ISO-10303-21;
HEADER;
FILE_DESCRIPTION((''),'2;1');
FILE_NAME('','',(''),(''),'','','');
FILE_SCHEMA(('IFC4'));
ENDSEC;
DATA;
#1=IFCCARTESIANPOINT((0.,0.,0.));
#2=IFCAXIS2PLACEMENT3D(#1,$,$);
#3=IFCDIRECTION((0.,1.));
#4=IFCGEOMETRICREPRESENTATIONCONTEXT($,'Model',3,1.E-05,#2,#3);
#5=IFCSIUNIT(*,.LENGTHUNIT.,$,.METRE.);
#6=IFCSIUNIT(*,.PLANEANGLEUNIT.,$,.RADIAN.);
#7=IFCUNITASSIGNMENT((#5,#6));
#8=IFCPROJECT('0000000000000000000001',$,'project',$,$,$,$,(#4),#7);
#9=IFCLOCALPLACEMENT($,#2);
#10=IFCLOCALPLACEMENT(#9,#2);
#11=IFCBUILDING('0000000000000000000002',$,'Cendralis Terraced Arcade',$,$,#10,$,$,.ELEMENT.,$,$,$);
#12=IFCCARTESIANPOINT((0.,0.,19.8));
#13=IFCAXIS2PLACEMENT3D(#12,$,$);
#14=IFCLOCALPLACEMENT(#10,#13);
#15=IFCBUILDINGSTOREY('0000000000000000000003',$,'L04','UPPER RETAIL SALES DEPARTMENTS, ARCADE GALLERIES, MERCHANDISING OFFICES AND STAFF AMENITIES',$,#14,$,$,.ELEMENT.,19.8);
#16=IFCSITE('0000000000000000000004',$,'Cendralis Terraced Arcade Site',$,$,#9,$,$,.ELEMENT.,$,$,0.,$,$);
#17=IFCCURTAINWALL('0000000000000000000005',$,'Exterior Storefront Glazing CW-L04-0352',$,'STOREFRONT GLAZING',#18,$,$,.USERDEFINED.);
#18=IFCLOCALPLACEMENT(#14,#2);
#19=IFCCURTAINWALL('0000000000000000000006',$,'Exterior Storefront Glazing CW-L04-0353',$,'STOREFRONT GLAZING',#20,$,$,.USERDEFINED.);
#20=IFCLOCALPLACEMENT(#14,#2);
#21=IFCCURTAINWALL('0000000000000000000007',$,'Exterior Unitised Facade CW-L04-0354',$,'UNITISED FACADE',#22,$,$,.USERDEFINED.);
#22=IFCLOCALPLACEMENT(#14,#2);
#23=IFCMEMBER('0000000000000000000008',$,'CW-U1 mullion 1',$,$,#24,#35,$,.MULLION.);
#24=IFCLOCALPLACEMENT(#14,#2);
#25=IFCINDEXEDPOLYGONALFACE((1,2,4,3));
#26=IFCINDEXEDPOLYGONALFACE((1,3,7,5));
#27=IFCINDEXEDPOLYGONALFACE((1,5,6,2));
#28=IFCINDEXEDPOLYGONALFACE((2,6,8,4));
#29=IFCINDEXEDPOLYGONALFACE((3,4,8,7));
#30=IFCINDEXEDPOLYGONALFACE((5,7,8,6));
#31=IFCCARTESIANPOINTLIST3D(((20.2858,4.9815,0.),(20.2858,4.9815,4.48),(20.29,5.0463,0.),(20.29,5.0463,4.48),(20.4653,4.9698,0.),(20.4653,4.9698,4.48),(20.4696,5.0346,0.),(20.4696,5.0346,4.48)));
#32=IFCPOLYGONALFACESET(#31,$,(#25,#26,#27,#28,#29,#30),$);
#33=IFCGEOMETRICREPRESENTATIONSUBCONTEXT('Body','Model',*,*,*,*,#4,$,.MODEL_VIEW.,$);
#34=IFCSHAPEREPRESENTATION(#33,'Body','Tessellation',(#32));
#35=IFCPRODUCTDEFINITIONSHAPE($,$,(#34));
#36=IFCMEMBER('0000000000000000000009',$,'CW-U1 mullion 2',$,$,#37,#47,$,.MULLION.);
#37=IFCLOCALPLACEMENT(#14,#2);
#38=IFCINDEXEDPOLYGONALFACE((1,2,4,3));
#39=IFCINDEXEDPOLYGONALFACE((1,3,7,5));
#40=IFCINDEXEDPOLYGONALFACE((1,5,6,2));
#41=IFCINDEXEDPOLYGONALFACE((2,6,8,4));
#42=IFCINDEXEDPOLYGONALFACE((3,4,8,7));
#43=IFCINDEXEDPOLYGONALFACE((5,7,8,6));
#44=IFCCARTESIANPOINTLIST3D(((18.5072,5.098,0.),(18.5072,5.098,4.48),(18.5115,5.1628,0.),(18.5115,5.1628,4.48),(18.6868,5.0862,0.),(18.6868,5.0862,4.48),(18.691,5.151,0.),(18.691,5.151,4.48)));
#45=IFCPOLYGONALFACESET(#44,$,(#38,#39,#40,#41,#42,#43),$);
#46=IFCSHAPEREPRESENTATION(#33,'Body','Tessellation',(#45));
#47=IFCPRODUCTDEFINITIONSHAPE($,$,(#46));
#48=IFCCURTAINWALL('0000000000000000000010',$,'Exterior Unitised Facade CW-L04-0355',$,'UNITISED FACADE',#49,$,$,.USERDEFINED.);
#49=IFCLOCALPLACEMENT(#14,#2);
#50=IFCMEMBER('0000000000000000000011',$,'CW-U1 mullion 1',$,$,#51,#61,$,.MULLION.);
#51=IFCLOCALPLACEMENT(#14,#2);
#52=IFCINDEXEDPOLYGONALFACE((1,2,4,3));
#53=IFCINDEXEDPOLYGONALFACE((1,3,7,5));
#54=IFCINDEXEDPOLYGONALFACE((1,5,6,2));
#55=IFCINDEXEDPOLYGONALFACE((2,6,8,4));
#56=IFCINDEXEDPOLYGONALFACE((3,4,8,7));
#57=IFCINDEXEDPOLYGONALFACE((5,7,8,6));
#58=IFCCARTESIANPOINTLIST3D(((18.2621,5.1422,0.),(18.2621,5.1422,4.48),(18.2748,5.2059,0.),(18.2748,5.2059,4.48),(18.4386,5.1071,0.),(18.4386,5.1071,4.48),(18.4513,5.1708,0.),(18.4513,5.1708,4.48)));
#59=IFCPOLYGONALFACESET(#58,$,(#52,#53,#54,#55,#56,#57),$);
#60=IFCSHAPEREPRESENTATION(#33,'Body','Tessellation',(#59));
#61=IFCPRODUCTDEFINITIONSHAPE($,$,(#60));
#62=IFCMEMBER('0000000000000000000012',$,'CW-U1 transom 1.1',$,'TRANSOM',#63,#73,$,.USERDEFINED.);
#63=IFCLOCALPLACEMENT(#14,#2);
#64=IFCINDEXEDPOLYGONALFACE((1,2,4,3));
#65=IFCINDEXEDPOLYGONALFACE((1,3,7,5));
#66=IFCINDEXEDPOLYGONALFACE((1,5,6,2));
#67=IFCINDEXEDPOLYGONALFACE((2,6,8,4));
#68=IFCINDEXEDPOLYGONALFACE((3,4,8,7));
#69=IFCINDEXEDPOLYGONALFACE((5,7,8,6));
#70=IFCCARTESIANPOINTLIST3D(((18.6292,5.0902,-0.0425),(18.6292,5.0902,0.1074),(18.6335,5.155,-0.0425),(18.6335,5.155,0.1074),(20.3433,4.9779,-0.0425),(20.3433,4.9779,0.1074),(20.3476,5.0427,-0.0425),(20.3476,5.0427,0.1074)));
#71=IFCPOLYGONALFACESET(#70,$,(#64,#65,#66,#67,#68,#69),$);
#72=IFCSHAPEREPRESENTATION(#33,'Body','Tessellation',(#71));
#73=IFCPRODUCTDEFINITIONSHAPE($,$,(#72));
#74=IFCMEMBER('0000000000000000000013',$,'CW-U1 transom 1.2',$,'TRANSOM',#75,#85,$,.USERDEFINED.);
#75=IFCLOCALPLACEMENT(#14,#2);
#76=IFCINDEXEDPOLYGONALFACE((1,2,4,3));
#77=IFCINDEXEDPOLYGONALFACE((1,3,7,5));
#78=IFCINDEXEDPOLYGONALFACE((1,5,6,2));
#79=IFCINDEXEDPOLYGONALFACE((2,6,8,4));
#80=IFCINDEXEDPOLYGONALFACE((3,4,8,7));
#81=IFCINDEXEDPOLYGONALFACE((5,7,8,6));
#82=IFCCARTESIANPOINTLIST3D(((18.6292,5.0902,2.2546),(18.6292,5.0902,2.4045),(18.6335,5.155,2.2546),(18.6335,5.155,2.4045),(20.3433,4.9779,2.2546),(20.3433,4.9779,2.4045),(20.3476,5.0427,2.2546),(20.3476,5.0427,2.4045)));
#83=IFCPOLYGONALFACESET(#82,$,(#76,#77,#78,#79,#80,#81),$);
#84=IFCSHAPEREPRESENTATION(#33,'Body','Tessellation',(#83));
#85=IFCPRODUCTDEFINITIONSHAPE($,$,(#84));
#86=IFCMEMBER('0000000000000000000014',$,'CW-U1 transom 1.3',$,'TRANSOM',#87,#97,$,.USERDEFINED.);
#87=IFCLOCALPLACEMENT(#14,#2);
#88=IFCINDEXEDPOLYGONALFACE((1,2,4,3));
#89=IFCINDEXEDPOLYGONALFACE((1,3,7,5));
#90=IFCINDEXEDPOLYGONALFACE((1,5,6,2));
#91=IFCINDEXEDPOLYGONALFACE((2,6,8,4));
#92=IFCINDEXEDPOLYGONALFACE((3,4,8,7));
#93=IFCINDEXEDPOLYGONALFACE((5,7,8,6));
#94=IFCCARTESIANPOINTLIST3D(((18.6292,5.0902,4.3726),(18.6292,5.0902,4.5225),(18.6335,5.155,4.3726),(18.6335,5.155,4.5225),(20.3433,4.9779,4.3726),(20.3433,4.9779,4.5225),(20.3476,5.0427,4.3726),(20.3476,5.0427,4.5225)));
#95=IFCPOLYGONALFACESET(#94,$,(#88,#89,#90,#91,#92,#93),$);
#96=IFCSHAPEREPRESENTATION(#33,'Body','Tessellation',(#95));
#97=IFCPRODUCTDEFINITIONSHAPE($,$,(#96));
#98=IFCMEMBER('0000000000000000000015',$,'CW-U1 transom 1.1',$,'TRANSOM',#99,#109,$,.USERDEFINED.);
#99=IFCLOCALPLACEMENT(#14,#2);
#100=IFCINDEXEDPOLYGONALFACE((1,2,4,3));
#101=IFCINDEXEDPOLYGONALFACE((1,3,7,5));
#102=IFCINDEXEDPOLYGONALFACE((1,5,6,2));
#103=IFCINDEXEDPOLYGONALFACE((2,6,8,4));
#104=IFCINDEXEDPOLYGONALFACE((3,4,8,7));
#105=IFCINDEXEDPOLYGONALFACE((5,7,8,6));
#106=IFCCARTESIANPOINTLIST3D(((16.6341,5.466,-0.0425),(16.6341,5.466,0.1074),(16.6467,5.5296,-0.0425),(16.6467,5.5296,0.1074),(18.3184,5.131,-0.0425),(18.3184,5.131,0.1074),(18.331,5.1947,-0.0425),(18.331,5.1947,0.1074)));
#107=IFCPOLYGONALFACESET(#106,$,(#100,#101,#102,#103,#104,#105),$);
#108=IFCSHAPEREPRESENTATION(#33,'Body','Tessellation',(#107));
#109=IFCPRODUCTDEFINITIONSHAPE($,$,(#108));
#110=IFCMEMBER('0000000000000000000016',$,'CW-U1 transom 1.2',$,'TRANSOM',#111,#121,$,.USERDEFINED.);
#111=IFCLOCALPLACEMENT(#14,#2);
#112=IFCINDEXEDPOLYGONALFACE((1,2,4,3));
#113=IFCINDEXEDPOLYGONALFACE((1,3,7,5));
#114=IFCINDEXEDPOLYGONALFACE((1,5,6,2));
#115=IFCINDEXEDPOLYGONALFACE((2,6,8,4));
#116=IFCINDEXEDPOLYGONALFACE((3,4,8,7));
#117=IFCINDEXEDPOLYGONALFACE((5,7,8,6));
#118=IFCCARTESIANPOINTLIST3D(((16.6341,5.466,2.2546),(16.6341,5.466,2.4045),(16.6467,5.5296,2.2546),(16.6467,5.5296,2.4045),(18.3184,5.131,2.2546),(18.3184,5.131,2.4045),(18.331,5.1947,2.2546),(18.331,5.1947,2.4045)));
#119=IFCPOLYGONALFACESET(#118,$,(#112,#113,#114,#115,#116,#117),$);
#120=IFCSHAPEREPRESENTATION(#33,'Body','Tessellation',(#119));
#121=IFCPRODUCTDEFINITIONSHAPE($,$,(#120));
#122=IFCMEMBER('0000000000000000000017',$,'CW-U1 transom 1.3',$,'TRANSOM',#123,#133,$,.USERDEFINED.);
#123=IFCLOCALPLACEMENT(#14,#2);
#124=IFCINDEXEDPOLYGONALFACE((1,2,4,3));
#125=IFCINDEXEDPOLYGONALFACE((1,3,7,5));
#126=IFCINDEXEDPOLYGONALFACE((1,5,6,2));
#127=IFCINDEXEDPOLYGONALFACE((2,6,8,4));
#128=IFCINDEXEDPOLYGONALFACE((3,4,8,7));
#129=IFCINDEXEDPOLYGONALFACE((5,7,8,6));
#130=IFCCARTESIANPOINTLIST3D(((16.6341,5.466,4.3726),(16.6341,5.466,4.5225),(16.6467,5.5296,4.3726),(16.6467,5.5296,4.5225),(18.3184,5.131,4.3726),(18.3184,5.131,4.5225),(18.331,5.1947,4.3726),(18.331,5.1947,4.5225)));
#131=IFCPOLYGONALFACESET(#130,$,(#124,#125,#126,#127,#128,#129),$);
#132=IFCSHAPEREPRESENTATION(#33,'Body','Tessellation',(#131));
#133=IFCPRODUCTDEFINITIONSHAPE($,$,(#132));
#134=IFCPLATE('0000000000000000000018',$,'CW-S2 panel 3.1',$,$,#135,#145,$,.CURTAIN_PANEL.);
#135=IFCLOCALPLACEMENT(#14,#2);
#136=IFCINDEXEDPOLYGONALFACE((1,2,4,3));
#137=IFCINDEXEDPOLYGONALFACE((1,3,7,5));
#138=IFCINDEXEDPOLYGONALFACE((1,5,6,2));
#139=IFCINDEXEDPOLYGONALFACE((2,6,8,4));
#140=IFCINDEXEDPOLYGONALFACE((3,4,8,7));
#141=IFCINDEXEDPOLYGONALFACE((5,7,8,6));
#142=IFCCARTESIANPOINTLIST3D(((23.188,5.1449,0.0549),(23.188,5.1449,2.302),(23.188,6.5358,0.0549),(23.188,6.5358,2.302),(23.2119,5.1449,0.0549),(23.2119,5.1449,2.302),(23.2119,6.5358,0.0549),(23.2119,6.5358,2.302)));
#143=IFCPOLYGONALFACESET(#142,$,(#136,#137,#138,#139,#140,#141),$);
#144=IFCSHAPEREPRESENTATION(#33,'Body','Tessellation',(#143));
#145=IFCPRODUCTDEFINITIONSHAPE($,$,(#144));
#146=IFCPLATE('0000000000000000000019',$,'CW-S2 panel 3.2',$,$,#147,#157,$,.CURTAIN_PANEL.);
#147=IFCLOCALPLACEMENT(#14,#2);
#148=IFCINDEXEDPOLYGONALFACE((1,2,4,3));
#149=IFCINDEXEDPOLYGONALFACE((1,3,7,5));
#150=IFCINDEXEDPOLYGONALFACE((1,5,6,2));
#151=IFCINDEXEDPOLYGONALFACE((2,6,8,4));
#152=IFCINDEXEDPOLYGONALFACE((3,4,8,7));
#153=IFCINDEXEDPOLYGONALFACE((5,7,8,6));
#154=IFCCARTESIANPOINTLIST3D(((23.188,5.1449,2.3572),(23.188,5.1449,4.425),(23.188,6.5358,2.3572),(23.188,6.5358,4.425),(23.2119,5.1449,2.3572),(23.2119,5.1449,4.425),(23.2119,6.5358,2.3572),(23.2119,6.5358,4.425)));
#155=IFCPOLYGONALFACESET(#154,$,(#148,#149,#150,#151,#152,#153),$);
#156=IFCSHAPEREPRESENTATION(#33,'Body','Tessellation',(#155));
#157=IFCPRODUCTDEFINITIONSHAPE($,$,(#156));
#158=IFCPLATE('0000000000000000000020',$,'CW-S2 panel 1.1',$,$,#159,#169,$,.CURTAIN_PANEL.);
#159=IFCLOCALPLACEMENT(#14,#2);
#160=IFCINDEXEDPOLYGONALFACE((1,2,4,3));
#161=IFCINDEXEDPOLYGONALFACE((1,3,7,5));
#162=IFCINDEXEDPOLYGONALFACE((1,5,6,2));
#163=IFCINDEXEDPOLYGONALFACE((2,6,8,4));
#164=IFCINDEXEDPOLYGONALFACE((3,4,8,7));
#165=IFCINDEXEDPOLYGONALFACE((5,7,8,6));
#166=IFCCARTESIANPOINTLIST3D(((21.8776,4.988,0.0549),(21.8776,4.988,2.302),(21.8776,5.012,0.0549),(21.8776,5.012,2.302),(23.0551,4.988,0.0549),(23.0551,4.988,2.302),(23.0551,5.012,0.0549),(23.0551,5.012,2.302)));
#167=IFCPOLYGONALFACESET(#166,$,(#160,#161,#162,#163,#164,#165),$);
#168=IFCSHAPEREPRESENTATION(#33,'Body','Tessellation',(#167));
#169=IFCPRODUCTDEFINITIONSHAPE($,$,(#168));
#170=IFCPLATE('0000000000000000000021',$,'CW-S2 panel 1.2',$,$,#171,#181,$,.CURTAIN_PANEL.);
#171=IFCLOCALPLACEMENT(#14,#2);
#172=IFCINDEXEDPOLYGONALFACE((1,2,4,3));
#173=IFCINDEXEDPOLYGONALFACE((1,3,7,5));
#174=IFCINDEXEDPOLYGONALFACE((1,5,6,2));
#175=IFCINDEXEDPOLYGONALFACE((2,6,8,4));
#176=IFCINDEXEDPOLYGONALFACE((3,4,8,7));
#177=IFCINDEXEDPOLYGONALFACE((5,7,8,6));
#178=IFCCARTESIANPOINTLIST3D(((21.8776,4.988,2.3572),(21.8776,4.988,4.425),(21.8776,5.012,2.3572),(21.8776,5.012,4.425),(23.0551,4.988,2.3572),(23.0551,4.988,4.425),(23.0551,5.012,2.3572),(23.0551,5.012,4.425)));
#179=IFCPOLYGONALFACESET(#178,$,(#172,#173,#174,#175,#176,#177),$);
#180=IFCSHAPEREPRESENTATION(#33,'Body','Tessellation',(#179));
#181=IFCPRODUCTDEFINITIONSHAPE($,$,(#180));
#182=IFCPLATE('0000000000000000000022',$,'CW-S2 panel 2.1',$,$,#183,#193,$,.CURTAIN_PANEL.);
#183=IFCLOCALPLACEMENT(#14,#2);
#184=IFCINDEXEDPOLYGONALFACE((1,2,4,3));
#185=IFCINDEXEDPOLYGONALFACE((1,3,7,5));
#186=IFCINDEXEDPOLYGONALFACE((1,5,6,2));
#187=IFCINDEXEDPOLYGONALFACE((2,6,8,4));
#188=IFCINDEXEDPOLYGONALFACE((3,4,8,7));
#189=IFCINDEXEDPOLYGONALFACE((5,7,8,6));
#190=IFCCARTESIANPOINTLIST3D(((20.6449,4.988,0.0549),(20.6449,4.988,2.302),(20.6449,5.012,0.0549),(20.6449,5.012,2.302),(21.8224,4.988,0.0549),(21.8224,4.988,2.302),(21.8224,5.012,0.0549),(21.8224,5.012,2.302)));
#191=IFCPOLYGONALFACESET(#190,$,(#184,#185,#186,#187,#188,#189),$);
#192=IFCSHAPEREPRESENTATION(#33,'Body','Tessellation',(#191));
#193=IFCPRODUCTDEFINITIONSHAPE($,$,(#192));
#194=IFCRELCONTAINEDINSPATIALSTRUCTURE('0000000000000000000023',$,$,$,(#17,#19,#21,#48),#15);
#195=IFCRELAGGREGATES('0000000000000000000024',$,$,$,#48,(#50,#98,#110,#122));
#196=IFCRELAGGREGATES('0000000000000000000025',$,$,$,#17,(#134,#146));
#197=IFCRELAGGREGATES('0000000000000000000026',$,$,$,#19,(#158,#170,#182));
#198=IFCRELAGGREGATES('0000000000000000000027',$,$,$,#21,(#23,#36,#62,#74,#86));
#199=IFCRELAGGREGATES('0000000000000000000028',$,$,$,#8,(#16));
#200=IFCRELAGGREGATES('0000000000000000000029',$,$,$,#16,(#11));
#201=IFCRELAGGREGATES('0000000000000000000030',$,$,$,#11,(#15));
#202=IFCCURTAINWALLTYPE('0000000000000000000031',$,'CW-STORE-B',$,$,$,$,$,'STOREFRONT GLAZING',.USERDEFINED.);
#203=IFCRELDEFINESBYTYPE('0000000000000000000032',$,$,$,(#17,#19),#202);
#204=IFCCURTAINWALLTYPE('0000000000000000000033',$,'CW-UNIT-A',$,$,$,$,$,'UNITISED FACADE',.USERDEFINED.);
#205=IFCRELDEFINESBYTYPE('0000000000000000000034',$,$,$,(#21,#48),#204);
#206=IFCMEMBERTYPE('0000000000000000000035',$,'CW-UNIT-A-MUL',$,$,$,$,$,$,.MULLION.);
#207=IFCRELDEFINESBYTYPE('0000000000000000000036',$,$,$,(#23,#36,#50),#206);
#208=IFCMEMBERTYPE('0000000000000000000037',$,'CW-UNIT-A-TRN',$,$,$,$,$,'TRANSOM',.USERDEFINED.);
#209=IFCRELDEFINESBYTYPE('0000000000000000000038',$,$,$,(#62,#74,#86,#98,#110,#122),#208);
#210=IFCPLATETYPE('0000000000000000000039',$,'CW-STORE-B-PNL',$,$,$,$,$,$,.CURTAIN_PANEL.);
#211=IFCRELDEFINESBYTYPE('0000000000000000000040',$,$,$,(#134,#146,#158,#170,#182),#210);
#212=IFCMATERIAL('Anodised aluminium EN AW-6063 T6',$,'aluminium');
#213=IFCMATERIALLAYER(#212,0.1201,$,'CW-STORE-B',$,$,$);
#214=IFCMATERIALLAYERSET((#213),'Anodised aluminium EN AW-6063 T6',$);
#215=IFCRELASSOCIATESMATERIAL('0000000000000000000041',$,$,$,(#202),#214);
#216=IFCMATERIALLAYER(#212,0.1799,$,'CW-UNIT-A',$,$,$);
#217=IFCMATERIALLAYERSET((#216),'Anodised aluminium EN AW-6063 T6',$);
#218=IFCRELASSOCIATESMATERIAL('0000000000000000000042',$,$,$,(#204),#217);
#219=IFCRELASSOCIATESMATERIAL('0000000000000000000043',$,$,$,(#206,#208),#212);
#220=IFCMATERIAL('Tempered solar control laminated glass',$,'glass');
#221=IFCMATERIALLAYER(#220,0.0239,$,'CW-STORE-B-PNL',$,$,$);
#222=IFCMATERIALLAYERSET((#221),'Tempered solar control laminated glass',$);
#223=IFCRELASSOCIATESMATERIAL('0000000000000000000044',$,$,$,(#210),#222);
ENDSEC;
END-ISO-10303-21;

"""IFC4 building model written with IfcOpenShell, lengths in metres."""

from ifc_helpers import new_model, si_unit, direction, frame, origin, origin_2d, place, context, subcontext, project, spatial, rectangle, extrude, material, layer, layer_set, material_profile, profile_set, type_object, element, aggregate, save


model = new_model("IFC4")

# Units and contexts
model_context = context("Model", 3, precision=1e-05, world=origin(), true_north=direction((0.0, 1.0)))
body_context = subcontext(model_context, "Body", "Model", "MODEL_VIEW")
ifc_project = project(units=[si_unit("LENGTHUNIT", "METRE"), si_unit("PLANEANGLEUNIT", "RADIAN")], contexts=[model_context])

# Site, building, storey
site_placement = place(None, origin())
site = spatial("IfcSite", under=ifc_project, at=site_placement, Name="Cendralis Terraced Arcade Site", CompositionType="ELEMENT", RefElevation=0.0)
building_placement = place(site_placement, origin())
building = spatial("IfcBuilding", under=site, at=building_placement, Name="Cendralis Terraced Arcade", CompositionType="ELEMENT")
storey_placement = place(building_placement, frame((0.0, 0.0, 19.8)))
storey = spatial("IfcBuildingStorey", under=building, at=storey_placement, Name="L04", Description="UPPER RETAIL SALES DEPARTMENTS, ARCADE GALLERIES, MERCHANDISING OFFICES AND STAFF AMENITIES", CompositionType="ELEMENT", Elevation=19.8)

# Curtain walls
ifc_material_1 = material(Name="Anodised aluminium EN AW-6063 T6", Category="aluminium")
ifc_layer_1 = layer(ifc_material_1, 0.1201, Name="CW-STORE-B")
ifc_layer_set_1 = layer_set([ifc_layer_1], Name="Anodised aluminium EN AW-6063 T6")
curtain_wall_type_1 = type_object("IfcCurtainWallType", Name="CW-STORE-B", ElementType="STOREFRONT GLAZING", PredefinedType="USERDEFINED", material=ifc_layer_set_1)
curtain_wall_1_placement = place(storey_placement, origin())
curtain_wall_1 = element("IfcCurtainWall", 1, at=curtain_wall_1_placement, inside=storey, type_object=curtain_wall_type_1, Name="Exterior Storefront Glazing CW-L04-0352", ObjectType="STOREFRONT GLAZING", PredefinedType="USERDEFINED")
curtain_wall_2_placement = place(storey_placement, origin())
curtain_wall_2 = element("IfcCurtainWall", 2, at=curtain_wall_2_placement, inside=storey, type_object=curtain_wall_type_1, Name="Exterior Storefront Glazing CW-L04-0353", ObjectType="STOREFRONT GLAZING", PredefinedType="USERDEFINED")

# Curtain wall, members
ifc_layer_2 = layer(ifc_material_1, 0.1799, Name="CW-UNIT-A")
ifc_layer_set_2 = layer_set([ifc_layer_2], Name="Anodised aluminium EN AW-6063 T6")
curtain_wall_type_2 = type_object("IfcCurtainWallType", Name="CW-UNIT-A", ElementType="UNITISED FACADE", PredefinedType="USERDEFINED", material=ifc_layer_set_2)
curtain_wall_3_placement = place(storey_placement, origin())
curtain_wall_3 = element("IfcCurtainWall", 3, at=curtain_wall_3_placement, inside=storey, type_object=curtain_wall_type_2, Name="Exterior Unitised Facade CW-L04-0354", ObjectType="UNITISED FACADE", PredefinedType="USERDEFINED")
ifc_material_profile_1 = material_profile(ifc_material_1, rectangle(XDim=0.0649, YDim=0.1799, at=origin_2d()), Name="ALU-MUL-65x180")
ifc_profile_set_1 = profile_set([ifc_material_profile_1], Name="Anodised aluminium EN AW-6063 T6")
member_type_1 = type_object("IfcMemberType", Name="CW-UNIT-A-MUL", PredefinedType="MULLION", material=ifc_profile_set_1)
member_1_placement = place(storey_placement, frame((20.3777, 5.0081, 0.0), z_axis=(0.0, 0.0, 1.0), x_axis=(-0.065384, -0.99786, 0.0)))
member_1 = element("IfcMember", 4, at=member_1_placement, type_object=member_type_1, Name="CW-U1 mullion 1", PredefinedType="MULLION", context=body_context, shape_type="SweptSolid", body=[
    extrude(rectangle(XDim=0.0649, YDim=0.1799, at=origin_2d()), origin(), (0.0, 0.0, 1.0), 4.48),
])
member_2_placement = place(storey_placement, frame((18.5991, 5.1245, 0.0), z_axis=(0.0, 0.0, 1.0), x_axis=(-0.065384, -0.99786, 0.0)))
member_2 = element("IfcMember", 5, at=member_2_placement, type_object=member_type_1, Name="CW-U1 mullion 2", PredefinedType="MULLION", context=body_context, shape_type="SweptSolid", body=[
    extrude(rectangle(XDim=0.0649, YDim=0.1799, at=origin_2d()), origin(), (0.0, 0.0, 1.0), 4.48),
])

# Curtain wall, member
curtain_wall_4_placement = place(storey_placement, origin())
curtain_wall_4 = element("IfcCurtainWall", 6, at=curtain_wall_4_placement, inside=storey, type_object=curtain_wall_type_2, Name="Exterior Unitised Facade CW-L04-0355", ObjectType="UNITISED FACADE", PredefinedType="USERDEFINED")
member_3_placement = place(storey_placement, frame((18.3567, 5.1565, 0.0), z_axis=(0.0, 0.0, 1.0), x_axis=(-0.195033, -0.980797, 0.0)))
member_3 = element("IfcMember", 7, at=member_3_placement, type_object=member_type_1, Name="CW-U1 mullion 1", PredefinedType="MULLION", context=body_context, shape_type="SweptSolid", body=[
    extrude(rectangle(XDim=0.0649, YDim=0.1799, at=origin_2d()), origin(), (0.0, 0.0, 1.0), 4.48),
])

# Members
ifc_material_profile_2 = material_profile(ifc_material_1, rectangle(XDim=0.0649, YDim=0.1499, at=origin_2d()), Name="ALU-TRN-65x150")
ifc_profile_set_2 = profile_set([ifc_material_profile_2], Name="Anodised aluminium EN AW-6063 T6")
member_type_2 = type_object("IfcMemberType", Name="CW-UNIT-A-TRN", ElementType="TRANSOM", PredefinedType="USERDEFINED", material=ifc_profile_set_2)
member_4_placement = place(storey_placement, frame((20.3455, 5.0103, 0.0325), z_axis=(-0.997861, 0.065378, 0.0), x_axis=(-0.065378, -0.997861, 0.0)))
member_4 = element("IfcMember", 8, at=member_4_placement, type_object=member_type_2, Name="CW-U1 transom 1.1", ObjectType="TRANSOM", PredefinedType="USERDEFINED", context=body_context, shape_type="SweptSolid", body=[
    extrude(rectangle(XDim=0.0649, YDim=0.1499, at=origin_2d()), origin(), (0.0, 0.0, 1.0), 1.7178),
])
member_5_placement = place(storey_placement, frame((20.3455, 5.0103, 2.3296), z_axis=(-0.997861, 0.065378, 0.0), x_axis=(-0.065378, -0.997861, 0.0)))
member_5 = element("IfcMember", 9, at=member_5_placement, type_object=member_type_2, Name="CW-U1 transom 1.2", ObjectType="TRANSOM", PredefinedType="USERDEFINED", context=body_context, shape_type="SweptSolid", body=[
    extrude(rectangle(XDim=0.0649, YDim=0.1499, at=origin_2d()), origin(), (0.0, 0.0, 1.0), 1.7178),
])
member_6_placement = place(storey_placement, frame((20.3455, 5.0103, 4.4475), z_axis=(-0.997861, 0.065378, 0.0), x_axis=(-0.065378, -0.997861, 0.0)))
member_6 = element("IfcMember", 10, at=member_6_placement, type_object=member_type_2, Name="CW-U1 transom 1.3", ObjectType="TRANSOM", PredefinedType="USERDEFINED", context=body_context, shape_type="SweptSolid", body=[
    extrude(rectangle(XDim=0.0649, YDim=0.1499, at=origin_2d()), origin(), (0.0, 0.0, 1.0), 1.7178),
])
member_7_placement = place(storey_placement, frame((18.3247, 5.1628, 0.0325), z_axis=(-0.980793, 0.19505, 0.0), x_axis=(-0.19505, -0.980793, 0.0)))
member_7 = element("IfcMember", 11, at=member_7_placement, type_object=member_type_2, Name="CW-U1 transom 1.1", ObjectType="TRANSOM", PredefinedType="USERDEFINED", context=body_context, shape_type="SweptSolid", body=[
    extrude(rectangle(XDim=0.0649, YDim=0.1499, at=origin_2d()), origin(), (0.0, 0.0, 1.0), 1.7173),
])
member_8_placement = place(storey_placement, frame((18.3247, 5.1628, 2.3296), z_axis=(-0.980793, 0.19505, 0.0), x_axis=(-0.19505, -0.980793, 0.0)))
member_8 = element("IfcMember", 12, at=member_8_placement, type_object=member_type_2, Name="CW-U1 transom 1.2", ObjectType="TRANSOM", PredefinedType="USERDEFINED", context=body_context, shape_type="SweptSolid", body=[
    extrude(rectangle(XDim=0.0649, YDim=0.1499, at=origin_2d()), origin(), (0.0, 0.0, 1.0), 1.7173),
])
member_9_placement = place(storey_placement, frame((18.3247, 5.1628, 4.4475), z_axis=(-0.980793, 0.19505, 0.0), x_axis=(-0.19505, -0.980793, 0.0)))
member_9 = element("IfcMember", 13, at=member_9_placement, type_object=member_type_2, Name="CW-U1 transom 1.3", ObjectType="TRANSOM", PredefinedType="USERDEFINED", context=body_context, shape_type="SweptSolid", body=[
    extrude(rectangle(XDim=0.0649, YDim=0.1499, at=origin_2d()), origin(), (0.0, 0.0, 1.0), 1.7173),
])
aggregate(curtain_wall_4, [member_3, member_7, member_8, member_9])

# Plates
ifc_material_2 = material(Name="Tempered solar control laminated glass", Category="glass")
ifc_layer_3 = layer(ifc_material_2, 0.0239, Name="CW-STORE-B-PNL")
ifc_layer_set_3 = layer_set([ifc_layer_3], Name="Tempered solar control laminated glass")
plate_type_1 = type_object("IfcPlateType", Name="CW-STORE-B-PNL", PredefinedType="CURTAIN_PANEL", material=ifc_layer_set_3)
plate_1_placement = place(storey_placement, frame((23.2, 5.8403, 0.0549), z_axis=(0.0, 0.0, 1.0), x_axis=(0.0, -1.0, 0.0)))
plate_1 = element("IfcPlate", 14, at=plate_1_placement, type_object=plate_type_1, Name="CW-S2 panel 3.1", PredefinedType="CURTAIN_PANEL", context=body_context, shape_type="SweptSolid", body=[
    extrude(rectangle(XDim=1.3909, YDim=0.0239, at=origin_2d()), origin(), (0.0, 0.0, 1.0), 2.2471),
])
plate_2_placement = place(storey_placement, frame((23.2, 5.8403, 2.3572), z_axis=(0.0, 0.0, 1.0), x_axis=(0.0, -1.0, 0.0)))
plate_2 = element("IfcPlate", 15, at=plate_2_placement, type_object=plate_type_1, Name="CW-S2 panel 3.2", PredefinedType="CURTAIN_PANEL", context=body_context, shape_type="SweptSolid", body=[
    extrude(rectangle(XDim=1.3909, YDim=0.0239, at=origin_2d()), origin(), (0.0, 0.0, 1.0), 2.0679),
])
aggregate(curtain_wall_1, [plate_1, plate_2])
plate_3_placement = place(storey_placement, frame((22.4663, 5.0, 0.0549), z_axis=(0.0, 0.0, 1.0), x_axis=(-1.0, 0.0, 0.0)))
plate_3 = element("IfcPlate", 16, at=plate_3_placement, type_object=plate_type_1, Name="CW-S2 panel 1.1", PredefinedType="CURTAIN_PANEL", context=body_context, shape_type="SweptSolid", body=[
    extrude(rectangle(XDim=1.1775, YDim=0.0239, at=origin_2d()), origin(), (0.0, 0.0, 1.0), 2.2471),
])
plate_4_placement = place(storey_placement, frame((22.4663, 5.0, 2.3572), z_axis=(0.0, 0.0, 1.0), x_axis=(-1.0, 0.0, 0.0)))
plate_4 = element("IfcPlate", 17, at=plate_4_placement, type_object=plate_type_1, Name="CW-S2 panel 1.2", PredefinedType="CURTAIN_PANEL", context=body_context, shape_type="SweptSolid", body=[
    extrude(rectangle(XDim=1.1775, YDim=0.0239, at=origin_2d()), origin(), (0.0, 0.0, 1.0), 2.0679),
])
plate_5_placement = place(storey_placement, frame((21.2336, 5.0, 0.0549), z_axis=(0.0, 0.0, 1.0), x_axis=(-1.0, 0.0, 0.0)))
plate_5 = element("IfcPlate", 18, at=plate_5_placement, type_object=plate_type_1, Name="CW-S2 panel 2.1", PredefinedType="CURTAIN_PANEL", context=body_context, shape_type="SweptSolid", body=[
    extrude(rectangle(XDim=1.1775, YDim=0.0239, at=origin_2d()), origin(), (0.0, 0.0, 1.0), 2.2471),
])
aggregate(curtain_wall_2, [plate_3, plate_4, plate_5])
aggregate(curtain_wall_3, [member_1, member_2, member_4, member_5, member_6])

save(model, "model.ifc")
